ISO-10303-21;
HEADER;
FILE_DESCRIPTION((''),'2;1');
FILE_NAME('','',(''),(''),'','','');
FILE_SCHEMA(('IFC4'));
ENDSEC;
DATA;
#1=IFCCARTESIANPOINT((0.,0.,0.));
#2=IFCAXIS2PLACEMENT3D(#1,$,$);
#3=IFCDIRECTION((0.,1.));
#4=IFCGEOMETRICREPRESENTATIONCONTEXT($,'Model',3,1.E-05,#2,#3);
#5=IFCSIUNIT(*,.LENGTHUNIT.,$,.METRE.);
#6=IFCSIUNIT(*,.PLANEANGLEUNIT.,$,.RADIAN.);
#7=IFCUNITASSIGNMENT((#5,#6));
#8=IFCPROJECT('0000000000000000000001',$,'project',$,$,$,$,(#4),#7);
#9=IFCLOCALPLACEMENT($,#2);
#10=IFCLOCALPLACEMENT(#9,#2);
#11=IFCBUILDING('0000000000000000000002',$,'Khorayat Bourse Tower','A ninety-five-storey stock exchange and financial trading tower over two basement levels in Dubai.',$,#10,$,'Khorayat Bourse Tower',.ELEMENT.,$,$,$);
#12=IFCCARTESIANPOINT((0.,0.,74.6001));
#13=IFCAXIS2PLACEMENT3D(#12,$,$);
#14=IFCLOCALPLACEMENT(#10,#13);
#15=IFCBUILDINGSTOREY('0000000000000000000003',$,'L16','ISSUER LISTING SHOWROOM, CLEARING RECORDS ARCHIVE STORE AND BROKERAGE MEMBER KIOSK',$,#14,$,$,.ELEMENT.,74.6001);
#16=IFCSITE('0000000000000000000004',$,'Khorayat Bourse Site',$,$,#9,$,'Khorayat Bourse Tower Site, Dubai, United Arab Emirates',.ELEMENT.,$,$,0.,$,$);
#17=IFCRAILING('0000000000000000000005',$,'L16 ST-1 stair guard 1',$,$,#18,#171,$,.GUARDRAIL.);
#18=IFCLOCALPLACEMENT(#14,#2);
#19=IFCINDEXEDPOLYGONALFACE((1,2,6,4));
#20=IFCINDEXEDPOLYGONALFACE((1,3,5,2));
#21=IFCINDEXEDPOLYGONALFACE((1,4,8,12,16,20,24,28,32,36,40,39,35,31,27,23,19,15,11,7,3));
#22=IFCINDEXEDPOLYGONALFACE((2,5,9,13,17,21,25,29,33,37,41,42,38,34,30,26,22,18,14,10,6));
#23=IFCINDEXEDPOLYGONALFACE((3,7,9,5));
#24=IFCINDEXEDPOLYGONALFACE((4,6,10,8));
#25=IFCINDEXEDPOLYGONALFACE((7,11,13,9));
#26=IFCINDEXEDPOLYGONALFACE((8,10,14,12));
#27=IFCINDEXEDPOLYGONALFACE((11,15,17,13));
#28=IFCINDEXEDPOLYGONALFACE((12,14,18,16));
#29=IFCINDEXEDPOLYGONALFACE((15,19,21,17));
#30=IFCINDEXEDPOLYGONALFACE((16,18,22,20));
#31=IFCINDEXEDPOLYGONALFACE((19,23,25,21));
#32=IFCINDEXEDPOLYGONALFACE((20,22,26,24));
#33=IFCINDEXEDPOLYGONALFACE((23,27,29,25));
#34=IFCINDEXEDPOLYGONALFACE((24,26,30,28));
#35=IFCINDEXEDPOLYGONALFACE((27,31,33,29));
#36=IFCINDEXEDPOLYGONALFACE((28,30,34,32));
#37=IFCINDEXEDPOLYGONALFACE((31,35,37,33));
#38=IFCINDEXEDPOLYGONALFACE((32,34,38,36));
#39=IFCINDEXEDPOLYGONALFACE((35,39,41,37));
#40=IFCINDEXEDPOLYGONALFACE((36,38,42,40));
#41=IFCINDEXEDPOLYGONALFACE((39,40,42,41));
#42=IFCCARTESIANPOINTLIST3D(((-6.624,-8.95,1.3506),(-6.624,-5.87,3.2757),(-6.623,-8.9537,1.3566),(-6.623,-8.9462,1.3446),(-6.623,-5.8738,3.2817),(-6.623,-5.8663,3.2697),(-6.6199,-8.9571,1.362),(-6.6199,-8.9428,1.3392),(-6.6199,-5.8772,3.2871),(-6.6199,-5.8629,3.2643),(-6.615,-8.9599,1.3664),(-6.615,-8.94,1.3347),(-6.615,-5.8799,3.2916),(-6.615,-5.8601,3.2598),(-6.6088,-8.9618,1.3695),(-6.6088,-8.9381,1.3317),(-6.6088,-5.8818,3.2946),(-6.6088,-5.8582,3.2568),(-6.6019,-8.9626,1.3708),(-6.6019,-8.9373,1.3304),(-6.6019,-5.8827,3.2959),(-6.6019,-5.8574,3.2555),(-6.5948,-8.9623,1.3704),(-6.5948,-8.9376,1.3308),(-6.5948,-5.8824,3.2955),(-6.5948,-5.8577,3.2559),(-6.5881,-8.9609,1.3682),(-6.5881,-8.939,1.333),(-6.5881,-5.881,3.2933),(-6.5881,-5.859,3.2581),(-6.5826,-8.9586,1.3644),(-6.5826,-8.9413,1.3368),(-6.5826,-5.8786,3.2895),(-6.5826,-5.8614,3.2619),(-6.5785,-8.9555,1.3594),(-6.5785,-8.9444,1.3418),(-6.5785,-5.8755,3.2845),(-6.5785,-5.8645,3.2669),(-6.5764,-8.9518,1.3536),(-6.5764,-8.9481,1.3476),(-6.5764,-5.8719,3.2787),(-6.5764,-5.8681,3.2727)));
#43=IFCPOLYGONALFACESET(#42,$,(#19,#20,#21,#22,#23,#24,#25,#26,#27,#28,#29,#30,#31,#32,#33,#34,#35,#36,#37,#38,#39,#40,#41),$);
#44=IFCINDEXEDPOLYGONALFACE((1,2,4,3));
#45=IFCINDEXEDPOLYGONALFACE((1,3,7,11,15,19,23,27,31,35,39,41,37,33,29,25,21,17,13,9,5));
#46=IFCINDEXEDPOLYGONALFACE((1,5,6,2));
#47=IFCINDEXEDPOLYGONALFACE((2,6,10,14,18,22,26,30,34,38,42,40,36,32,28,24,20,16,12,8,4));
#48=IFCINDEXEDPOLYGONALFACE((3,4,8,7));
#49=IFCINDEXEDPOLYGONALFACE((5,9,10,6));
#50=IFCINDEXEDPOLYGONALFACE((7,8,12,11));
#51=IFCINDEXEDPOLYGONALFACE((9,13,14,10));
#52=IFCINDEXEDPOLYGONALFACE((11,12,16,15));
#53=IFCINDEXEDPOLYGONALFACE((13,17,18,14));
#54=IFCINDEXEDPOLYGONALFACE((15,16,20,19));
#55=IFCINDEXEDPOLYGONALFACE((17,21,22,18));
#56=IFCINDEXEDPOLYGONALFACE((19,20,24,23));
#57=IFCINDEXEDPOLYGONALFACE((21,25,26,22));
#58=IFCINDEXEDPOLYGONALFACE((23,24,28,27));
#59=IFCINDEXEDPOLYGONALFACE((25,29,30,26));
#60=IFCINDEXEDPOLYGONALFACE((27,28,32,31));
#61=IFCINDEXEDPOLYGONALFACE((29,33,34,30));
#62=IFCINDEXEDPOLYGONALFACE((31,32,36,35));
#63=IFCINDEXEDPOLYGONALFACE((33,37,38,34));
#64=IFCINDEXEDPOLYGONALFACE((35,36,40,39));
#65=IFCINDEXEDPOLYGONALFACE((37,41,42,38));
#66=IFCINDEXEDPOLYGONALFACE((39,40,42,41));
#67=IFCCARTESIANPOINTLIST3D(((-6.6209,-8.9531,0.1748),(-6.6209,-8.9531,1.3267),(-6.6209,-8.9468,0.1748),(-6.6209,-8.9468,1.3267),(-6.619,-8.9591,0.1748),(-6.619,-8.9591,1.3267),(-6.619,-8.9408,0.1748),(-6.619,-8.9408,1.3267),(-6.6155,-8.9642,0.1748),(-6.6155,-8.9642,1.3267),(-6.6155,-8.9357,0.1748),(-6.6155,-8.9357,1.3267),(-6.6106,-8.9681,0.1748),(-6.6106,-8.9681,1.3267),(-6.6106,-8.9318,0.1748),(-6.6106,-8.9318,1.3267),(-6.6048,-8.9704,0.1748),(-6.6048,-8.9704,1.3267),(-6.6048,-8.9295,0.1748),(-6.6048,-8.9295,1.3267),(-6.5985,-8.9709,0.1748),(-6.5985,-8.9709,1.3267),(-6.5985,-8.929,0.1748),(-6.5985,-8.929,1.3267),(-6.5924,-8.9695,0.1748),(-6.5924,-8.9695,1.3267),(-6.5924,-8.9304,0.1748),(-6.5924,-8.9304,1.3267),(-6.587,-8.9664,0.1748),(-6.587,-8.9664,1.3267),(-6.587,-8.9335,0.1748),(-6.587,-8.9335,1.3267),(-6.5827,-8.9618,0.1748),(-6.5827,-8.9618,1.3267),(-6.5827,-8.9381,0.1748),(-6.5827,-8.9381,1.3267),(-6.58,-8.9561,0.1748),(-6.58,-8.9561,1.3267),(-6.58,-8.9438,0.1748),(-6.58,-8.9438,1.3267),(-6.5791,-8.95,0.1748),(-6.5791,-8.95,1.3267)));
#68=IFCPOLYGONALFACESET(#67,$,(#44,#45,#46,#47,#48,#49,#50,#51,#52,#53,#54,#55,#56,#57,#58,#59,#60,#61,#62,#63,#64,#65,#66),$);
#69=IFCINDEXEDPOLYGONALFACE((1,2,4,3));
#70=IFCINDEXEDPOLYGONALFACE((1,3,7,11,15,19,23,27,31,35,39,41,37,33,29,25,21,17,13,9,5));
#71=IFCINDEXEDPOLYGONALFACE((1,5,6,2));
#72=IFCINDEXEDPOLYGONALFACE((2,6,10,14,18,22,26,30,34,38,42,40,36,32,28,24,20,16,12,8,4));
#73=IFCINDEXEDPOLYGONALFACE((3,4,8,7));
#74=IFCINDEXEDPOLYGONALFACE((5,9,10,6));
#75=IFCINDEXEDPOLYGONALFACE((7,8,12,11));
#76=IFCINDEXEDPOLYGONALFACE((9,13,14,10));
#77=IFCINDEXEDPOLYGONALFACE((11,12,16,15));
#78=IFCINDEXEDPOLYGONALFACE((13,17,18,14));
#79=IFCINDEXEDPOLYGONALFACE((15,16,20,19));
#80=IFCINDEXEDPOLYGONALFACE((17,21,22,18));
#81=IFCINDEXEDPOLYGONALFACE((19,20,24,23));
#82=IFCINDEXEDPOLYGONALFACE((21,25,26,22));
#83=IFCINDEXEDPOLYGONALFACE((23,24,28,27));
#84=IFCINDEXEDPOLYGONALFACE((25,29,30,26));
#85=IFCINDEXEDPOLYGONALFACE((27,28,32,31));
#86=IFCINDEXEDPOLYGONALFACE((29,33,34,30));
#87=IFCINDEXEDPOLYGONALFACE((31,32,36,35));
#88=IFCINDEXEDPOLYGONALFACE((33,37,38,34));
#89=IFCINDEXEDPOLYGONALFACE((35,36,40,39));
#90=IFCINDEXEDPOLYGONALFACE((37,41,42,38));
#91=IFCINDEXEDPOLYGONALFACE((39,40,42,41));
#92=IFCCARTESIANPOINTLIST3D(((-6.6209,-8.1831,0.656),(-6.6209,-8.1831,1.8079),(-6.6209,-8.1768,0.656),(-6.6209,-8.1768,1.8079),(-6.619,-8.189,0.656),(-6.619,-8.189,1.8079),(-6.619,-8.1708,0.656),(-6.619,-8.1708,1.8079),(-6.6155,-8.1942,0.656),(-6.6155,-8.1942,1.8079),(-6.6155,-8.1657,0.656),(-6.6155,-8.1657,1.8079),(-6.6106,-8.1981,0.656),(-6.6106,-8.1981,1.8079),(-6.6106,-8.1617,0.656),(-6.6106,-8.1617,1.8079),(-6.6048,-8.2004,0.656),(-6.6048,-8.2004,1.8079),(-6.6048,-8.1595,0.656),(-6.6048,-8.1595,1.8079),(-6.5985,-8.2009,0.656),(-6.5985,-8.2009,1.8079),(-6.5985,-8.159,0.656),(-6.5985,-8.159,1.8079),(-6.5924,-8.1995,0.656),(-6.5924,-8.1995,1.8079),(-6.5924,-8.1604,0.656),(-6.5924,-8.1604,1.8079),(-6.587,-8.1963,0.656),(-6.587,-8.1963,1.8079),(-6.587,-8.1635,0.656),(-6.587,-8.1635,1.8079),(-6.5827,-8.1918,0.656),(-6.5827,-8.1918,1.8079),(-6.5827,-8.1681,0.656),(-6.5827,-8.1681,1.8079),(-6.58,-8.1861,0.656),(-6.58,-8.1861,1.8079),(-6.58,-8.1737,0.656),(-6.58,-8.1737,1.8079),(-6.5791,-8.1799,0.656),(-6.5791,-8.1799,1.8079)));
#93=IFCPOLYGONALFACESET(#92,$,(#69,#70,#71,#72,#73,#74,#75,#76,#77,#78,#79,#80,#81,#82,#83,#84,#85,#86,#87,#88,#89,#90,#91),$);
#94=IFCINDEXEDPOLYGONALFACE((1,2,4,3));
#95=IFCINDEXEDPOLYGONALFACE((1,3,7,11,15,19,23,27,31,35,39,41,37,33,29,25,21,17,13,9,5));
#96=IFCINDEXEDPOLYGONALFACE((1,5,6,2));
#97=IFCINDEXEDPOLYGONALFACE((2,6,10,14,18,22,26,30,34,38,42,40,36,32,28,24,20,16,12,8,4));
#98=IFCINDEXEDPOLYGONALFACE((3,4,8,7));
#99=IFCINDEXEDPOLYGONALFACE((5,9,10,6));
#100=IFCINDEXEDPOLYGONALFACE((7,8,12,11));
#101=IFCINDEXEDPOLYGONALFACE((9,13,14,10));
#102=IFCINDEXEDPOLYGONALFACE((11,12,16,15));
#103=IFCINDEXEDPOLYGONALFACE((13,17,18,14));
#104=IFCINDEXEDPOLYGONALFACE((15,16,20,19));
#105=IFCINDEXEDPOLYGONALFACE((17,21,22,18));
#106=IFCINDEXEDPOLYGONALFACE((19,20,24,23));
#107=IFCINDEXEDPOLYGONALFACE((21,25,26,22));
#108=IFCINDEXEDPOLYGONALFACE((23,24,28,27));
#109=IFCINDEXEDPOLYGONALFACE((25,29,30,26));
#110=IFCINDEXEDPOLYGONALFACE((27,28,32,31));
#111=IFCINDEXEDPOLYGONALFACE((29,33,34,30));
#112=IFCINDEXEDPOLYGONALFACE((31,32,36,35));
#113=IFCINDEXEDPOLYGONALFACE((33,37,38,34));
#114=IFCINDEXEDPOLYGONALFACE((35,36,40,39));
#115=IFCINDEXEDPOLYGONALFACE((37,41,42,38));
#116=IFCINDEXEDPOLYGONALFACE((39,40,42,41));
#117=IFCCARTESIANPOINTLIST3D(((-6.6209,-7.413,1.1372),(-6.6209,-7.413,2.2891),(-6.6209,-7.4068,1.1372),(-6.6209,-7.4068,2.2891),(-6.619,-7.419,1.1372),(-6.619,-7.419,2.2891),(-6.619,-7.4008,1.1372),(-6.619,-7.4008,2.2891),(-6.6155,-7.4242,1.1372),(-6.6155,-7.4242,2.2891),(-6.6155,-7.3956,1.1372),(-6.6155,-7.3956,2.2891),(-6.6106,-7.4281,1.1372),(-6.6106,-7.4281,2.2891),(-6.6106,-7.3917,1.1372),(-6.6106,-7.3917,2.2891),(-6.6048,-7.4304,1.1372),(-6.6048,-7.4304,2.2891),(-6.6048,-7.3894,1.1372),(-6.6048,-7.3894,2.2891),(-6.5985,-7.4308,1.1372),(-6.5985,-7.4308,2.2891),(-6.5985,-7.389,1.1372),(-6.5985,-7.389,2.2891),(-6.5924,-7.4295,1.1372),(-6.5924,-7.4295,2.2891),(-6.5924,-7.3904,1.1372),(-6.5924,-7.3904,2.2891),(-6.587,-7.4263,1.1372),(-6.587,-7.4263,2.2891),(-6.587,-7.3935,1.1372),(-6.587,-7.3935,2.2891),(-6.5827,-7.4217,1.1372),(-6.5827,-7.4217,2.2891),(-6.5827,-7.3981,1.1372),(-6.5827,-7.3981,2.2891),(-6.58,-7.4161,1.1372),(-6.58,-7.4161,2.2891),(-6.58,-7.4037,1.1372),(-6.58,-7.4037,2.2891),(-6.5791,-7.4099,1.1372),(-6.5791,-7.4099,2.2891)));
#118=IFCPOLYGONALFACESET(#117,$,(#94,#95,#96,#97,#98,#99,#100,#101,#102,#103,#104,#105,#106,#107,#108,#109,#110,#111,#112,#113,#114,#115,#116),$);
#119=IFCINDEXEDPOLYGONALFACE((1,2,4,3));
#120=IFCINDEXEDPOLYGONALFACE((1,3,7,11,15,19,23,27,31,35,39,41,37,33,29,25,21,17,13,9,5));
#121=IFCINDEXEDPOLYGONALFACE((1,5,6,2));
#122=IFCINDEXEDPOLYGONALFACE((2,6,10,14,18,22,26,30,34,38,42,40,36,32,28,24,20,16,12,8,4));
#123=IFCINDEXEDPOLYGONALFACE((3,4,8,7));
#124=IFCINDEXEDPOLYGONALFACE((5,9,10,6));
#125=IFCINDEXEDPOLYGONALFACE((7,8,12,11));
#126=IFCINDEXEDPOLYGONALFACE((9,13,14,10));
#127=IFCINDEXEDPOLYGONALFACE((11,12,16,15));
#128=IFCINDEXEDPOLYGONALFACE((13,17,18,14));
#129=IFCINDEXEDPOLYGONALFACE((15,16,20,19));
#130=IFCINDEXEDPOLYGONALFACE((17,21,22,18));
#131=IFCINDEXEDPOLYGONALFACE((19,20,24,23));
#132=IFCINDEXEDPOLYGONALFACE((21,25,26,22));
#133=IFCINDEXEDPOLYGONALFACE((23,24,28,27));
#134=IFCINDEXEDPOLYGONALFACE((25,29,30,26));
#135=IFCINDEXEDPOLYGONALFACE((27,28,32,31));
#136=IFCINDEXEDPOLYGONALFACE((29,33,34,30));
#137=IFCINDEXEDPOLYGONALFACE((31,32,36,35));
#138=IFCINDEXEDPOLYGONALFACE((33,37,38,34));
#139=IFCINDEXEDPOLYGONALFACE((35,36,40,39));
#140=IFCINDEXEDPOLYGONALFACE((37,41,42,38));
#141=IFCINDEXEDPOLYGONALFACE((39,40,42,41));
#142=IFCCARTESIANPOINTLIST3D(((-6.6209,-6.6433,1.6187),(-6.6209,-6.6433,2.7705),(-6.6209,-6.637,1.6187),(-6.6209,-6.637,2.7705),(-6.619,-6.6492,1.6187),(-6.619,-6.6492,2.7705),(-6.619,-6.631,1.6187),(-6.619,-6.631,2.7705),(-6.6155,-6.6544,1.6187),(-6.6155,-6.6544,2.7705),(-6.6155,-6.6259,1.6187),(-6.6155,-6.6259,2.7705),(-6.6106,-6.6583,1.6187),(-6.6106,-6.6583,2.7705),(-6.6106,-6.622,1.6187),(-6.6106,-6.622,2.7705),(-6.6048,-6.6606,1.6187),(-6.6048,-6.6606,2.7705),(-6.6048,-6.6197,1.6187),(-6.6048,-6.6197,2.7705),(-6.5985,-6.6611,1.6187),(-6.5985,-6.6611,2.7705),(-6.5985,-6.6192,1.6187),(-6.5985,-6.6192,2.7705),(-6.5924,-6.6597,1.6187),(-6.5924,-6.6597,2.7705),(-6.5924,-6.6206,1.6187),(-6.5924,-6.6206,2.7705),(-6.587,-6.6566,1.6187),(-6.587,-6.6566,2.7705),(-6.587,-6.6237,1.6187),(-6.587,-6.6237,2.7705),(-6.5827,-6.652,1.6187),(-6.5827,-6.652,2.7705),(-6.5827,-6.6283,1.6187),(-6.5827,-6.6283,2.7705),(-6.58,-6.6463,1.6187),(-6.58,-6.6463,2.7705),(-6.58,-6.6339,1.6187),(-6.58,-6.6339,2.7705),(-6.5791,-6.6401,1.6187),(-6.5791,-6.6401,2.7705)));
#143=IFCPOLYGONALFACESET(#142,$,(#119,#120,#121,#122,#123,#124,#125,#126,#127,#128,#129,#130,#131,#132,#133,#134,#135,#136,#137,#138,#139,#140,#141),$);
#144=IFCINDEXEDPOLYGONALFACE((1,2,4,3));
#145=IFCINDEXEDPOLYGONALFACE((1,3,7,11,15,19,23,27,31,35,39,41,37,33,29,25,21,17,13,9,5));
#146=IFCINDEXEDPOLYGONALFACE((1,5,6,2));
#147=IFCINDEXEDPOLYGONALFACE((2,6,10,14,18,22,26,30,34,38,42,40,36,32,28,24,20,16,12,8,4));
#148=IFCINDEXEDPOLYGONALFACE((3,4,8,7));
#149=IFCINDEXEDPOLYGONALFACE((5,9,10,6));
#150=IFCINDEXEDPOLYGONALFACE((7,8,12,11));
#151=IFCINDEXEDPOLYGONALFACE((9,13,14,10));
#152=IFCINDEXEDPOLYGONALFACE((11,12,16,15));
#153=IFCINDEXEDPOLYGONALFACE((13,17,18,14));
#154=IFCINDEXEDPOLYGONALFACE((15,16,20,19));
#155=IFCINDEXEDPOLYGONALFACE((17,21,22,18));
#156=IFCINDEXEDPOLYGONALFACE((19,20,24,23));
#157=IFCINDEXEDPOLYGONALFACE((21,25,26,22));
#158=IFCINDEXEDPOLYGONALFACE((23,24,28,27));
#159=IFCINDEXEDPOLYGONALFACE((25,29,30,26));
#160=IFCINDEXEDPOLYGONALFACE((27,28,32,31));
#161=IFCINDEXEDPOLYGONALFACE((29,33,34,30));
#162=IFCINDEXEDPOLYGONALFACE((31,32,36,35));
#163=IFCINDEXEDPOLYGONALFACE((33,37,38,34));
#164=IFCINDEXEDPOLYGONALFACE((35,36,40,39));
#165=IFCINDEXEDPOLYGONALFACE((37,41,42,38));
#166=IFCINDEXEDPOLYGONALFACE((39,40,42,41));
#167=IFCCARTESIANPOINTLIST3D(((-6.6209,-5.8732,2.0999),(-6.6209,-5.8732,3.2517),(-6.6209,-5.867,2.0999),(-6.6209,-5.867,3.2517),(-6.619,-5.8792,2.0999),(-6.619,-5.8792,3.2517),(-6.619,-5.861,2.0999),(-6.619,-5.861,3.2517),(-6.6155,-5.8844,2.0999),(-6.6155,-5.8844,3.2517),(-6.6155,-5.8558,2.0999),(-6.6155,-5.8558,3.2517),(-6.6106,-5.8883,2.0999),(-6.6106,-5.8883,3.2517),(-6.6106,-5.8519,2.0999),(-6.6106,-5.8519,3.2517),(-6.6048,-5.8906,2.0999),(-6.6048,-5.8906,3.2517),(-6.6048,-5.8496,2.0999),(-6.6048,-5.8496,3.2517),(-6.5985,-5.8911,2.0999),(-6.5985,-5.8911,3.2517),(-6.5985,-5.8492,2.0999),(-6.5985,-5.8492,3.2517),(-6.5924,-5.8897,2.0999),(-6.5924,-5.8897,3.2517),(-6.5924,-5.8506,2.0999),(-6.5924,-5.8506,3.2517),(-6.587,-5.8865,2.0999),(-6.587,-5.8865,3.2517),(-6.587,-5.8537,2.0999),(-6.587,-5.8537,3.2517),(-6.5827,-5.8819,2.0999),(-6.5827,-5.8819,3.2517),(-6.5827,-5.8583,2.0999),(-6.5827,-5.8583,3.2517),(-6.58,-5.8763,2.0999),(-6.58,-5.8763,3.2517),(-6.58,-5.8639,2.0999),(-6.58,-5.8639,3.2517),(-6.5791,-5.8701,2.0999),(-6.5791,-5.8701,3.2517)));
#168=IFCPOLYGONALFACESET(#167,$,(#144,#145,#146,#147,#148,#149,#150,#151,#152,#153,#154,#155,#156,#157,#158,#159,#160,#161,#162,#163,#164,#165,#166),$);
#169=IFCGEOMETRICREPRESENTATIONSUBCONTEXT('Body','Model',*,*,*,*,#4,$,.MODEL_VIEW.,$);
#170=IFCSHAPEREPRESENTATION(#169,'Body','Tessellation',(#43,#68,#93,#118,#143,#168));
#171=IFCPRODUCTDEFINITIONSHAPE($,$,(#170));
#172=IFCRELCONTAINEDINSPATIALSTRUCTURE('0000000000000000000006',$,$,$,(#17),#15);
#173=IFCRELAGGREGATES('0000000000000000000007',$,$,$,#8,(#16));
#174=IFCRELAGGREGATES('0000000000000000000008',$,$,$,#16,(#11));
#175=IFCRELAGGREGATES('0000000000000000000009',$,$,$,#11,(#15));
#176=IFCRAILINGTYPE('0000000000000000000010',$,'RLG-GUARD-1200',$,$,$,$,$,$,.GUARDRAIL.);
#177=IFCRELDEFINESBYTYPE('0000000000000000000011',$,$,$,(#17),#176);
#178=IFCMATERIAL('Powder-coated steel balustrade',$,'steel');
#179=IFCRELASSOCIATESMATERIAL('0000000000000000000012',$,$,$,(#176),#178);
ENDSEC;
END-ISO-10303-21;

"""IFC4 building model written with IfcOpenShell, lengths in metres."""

from ifc_helpers import new_model, si_unit, direction, frame, origin, origin_2d, place, context, subcontext, project, spatial, circle, extrude, source, transform, mapped, material, type_object, element, save


model = new_model("IFC4")

# Units and contexts
model_context = context("Model", 3, precision=1e-05, world=origin(), true_north=direction((0.0, 1.0)))
body_context = subcontext(model_context, "Body", "Model", "MODEL_VIEW")
ifc_project = project(units=[si_unit("LENGTHUNIT", "METRE"), si_unit("PLANEANGLEUNIT", "RADIAN")], contexts=[model_context])

# Site, building, storey
site_placement = place(None, origin())
site = spatial("IfcSite", under=ifc_project, at=site_placement, Name="Khorayat Bourse Site", LongName="Khorayat Bourse Tower Site, Dubai, United Arab Emirates", CompositionType="ELEMENT", RefElevation=0.0)
building_placement = place(site_placement, origin())
building = spatial("IfcBuilding", under=site, at=building_placement, Name="Khorayat Bourse Tower", Description="A ninety-five-storey stock exchange and financial trading tower over two basement levels in Dubai.", LongName="Khorayat Bourse Tower", CompositionType="ELEMENT")
storey_placement = place(building_placement, frame((0.0, 0.0, 74.6001)))
storey = spatial("IfcBuildingStorey", under=building, at=storey_placement, Name="L16", Description="ISSUER LISTING SHOWROOM, CLEARING RECORDS ARCHIVE STORE AND BROKERAGE MEMBER KIOSK", CompositionType="ELEMENT", Elevation=74.6001)

# Railing
ifc_material_1 = material(Name="Powder-coated steel balustrade", Category="steel")
railing_type_1 = type_object("IfcRailingType", Name="RLG-GUARD-1200", PredefinedType="GUARDRAIL", material=ifc_material_1)
shared_shape_1 = source(origin(), body_context, "Body", "SweptSolid", [
    extrude(circle(Radius=0.0239, at=origin_2d()), frame((0.0, 0.0, 1.1758), z_axis=(0.0, 0.847979, 0.530029), x_axis=(-1.0, 0.0, 0.0)), (0.0, 0.0, 1.0), 3.6321),
    extrude(circle(Radius=0.021, at=origin_2d()), origin(), (0.0, 0.0, 1.0), 1.1519),
    extrude(circle(Radius=0.021, at=origin_2d()), frame((0.0, 0.77, 0.4812)), (0.0, 0.0, 1.0), 1.1519),
    extrude(circle(Radius=0.021, at=origin_2d()), frame((0.0, 1.54, 0.9624)), (0.0, 0.0, 1.0), 1.1519),
    extrude(circle(Radius=0.021, at=origin_2d()), frame((0.0, 2.3098, 1.4438)), (0.0, 0.0, 1.0), 1.1519),
    extrude(circle(Radius=0.021, at=origin_2d()), frame((0.0, 3.0798, 1.925)), (0.0, 0.0, 1.0), 1.1519),
])
railing_1_placement = place(storey_placement, frame((-6.6001, -8.95, 0.1748)))
element("IfcRailing", 1, at=railing_1_placement, inside=storey, type_object=railing_type_1, Name="L16 ST-1 stair guard 1", PredefinedType="GUARDRAIL", context=body_context, shape_type="MappedRepresentation", body=[
    mapped(shared_shape_1, transform((0.0, 0.0, 0.0), scale=1.0)),
])

save(model, "model.ifc")
